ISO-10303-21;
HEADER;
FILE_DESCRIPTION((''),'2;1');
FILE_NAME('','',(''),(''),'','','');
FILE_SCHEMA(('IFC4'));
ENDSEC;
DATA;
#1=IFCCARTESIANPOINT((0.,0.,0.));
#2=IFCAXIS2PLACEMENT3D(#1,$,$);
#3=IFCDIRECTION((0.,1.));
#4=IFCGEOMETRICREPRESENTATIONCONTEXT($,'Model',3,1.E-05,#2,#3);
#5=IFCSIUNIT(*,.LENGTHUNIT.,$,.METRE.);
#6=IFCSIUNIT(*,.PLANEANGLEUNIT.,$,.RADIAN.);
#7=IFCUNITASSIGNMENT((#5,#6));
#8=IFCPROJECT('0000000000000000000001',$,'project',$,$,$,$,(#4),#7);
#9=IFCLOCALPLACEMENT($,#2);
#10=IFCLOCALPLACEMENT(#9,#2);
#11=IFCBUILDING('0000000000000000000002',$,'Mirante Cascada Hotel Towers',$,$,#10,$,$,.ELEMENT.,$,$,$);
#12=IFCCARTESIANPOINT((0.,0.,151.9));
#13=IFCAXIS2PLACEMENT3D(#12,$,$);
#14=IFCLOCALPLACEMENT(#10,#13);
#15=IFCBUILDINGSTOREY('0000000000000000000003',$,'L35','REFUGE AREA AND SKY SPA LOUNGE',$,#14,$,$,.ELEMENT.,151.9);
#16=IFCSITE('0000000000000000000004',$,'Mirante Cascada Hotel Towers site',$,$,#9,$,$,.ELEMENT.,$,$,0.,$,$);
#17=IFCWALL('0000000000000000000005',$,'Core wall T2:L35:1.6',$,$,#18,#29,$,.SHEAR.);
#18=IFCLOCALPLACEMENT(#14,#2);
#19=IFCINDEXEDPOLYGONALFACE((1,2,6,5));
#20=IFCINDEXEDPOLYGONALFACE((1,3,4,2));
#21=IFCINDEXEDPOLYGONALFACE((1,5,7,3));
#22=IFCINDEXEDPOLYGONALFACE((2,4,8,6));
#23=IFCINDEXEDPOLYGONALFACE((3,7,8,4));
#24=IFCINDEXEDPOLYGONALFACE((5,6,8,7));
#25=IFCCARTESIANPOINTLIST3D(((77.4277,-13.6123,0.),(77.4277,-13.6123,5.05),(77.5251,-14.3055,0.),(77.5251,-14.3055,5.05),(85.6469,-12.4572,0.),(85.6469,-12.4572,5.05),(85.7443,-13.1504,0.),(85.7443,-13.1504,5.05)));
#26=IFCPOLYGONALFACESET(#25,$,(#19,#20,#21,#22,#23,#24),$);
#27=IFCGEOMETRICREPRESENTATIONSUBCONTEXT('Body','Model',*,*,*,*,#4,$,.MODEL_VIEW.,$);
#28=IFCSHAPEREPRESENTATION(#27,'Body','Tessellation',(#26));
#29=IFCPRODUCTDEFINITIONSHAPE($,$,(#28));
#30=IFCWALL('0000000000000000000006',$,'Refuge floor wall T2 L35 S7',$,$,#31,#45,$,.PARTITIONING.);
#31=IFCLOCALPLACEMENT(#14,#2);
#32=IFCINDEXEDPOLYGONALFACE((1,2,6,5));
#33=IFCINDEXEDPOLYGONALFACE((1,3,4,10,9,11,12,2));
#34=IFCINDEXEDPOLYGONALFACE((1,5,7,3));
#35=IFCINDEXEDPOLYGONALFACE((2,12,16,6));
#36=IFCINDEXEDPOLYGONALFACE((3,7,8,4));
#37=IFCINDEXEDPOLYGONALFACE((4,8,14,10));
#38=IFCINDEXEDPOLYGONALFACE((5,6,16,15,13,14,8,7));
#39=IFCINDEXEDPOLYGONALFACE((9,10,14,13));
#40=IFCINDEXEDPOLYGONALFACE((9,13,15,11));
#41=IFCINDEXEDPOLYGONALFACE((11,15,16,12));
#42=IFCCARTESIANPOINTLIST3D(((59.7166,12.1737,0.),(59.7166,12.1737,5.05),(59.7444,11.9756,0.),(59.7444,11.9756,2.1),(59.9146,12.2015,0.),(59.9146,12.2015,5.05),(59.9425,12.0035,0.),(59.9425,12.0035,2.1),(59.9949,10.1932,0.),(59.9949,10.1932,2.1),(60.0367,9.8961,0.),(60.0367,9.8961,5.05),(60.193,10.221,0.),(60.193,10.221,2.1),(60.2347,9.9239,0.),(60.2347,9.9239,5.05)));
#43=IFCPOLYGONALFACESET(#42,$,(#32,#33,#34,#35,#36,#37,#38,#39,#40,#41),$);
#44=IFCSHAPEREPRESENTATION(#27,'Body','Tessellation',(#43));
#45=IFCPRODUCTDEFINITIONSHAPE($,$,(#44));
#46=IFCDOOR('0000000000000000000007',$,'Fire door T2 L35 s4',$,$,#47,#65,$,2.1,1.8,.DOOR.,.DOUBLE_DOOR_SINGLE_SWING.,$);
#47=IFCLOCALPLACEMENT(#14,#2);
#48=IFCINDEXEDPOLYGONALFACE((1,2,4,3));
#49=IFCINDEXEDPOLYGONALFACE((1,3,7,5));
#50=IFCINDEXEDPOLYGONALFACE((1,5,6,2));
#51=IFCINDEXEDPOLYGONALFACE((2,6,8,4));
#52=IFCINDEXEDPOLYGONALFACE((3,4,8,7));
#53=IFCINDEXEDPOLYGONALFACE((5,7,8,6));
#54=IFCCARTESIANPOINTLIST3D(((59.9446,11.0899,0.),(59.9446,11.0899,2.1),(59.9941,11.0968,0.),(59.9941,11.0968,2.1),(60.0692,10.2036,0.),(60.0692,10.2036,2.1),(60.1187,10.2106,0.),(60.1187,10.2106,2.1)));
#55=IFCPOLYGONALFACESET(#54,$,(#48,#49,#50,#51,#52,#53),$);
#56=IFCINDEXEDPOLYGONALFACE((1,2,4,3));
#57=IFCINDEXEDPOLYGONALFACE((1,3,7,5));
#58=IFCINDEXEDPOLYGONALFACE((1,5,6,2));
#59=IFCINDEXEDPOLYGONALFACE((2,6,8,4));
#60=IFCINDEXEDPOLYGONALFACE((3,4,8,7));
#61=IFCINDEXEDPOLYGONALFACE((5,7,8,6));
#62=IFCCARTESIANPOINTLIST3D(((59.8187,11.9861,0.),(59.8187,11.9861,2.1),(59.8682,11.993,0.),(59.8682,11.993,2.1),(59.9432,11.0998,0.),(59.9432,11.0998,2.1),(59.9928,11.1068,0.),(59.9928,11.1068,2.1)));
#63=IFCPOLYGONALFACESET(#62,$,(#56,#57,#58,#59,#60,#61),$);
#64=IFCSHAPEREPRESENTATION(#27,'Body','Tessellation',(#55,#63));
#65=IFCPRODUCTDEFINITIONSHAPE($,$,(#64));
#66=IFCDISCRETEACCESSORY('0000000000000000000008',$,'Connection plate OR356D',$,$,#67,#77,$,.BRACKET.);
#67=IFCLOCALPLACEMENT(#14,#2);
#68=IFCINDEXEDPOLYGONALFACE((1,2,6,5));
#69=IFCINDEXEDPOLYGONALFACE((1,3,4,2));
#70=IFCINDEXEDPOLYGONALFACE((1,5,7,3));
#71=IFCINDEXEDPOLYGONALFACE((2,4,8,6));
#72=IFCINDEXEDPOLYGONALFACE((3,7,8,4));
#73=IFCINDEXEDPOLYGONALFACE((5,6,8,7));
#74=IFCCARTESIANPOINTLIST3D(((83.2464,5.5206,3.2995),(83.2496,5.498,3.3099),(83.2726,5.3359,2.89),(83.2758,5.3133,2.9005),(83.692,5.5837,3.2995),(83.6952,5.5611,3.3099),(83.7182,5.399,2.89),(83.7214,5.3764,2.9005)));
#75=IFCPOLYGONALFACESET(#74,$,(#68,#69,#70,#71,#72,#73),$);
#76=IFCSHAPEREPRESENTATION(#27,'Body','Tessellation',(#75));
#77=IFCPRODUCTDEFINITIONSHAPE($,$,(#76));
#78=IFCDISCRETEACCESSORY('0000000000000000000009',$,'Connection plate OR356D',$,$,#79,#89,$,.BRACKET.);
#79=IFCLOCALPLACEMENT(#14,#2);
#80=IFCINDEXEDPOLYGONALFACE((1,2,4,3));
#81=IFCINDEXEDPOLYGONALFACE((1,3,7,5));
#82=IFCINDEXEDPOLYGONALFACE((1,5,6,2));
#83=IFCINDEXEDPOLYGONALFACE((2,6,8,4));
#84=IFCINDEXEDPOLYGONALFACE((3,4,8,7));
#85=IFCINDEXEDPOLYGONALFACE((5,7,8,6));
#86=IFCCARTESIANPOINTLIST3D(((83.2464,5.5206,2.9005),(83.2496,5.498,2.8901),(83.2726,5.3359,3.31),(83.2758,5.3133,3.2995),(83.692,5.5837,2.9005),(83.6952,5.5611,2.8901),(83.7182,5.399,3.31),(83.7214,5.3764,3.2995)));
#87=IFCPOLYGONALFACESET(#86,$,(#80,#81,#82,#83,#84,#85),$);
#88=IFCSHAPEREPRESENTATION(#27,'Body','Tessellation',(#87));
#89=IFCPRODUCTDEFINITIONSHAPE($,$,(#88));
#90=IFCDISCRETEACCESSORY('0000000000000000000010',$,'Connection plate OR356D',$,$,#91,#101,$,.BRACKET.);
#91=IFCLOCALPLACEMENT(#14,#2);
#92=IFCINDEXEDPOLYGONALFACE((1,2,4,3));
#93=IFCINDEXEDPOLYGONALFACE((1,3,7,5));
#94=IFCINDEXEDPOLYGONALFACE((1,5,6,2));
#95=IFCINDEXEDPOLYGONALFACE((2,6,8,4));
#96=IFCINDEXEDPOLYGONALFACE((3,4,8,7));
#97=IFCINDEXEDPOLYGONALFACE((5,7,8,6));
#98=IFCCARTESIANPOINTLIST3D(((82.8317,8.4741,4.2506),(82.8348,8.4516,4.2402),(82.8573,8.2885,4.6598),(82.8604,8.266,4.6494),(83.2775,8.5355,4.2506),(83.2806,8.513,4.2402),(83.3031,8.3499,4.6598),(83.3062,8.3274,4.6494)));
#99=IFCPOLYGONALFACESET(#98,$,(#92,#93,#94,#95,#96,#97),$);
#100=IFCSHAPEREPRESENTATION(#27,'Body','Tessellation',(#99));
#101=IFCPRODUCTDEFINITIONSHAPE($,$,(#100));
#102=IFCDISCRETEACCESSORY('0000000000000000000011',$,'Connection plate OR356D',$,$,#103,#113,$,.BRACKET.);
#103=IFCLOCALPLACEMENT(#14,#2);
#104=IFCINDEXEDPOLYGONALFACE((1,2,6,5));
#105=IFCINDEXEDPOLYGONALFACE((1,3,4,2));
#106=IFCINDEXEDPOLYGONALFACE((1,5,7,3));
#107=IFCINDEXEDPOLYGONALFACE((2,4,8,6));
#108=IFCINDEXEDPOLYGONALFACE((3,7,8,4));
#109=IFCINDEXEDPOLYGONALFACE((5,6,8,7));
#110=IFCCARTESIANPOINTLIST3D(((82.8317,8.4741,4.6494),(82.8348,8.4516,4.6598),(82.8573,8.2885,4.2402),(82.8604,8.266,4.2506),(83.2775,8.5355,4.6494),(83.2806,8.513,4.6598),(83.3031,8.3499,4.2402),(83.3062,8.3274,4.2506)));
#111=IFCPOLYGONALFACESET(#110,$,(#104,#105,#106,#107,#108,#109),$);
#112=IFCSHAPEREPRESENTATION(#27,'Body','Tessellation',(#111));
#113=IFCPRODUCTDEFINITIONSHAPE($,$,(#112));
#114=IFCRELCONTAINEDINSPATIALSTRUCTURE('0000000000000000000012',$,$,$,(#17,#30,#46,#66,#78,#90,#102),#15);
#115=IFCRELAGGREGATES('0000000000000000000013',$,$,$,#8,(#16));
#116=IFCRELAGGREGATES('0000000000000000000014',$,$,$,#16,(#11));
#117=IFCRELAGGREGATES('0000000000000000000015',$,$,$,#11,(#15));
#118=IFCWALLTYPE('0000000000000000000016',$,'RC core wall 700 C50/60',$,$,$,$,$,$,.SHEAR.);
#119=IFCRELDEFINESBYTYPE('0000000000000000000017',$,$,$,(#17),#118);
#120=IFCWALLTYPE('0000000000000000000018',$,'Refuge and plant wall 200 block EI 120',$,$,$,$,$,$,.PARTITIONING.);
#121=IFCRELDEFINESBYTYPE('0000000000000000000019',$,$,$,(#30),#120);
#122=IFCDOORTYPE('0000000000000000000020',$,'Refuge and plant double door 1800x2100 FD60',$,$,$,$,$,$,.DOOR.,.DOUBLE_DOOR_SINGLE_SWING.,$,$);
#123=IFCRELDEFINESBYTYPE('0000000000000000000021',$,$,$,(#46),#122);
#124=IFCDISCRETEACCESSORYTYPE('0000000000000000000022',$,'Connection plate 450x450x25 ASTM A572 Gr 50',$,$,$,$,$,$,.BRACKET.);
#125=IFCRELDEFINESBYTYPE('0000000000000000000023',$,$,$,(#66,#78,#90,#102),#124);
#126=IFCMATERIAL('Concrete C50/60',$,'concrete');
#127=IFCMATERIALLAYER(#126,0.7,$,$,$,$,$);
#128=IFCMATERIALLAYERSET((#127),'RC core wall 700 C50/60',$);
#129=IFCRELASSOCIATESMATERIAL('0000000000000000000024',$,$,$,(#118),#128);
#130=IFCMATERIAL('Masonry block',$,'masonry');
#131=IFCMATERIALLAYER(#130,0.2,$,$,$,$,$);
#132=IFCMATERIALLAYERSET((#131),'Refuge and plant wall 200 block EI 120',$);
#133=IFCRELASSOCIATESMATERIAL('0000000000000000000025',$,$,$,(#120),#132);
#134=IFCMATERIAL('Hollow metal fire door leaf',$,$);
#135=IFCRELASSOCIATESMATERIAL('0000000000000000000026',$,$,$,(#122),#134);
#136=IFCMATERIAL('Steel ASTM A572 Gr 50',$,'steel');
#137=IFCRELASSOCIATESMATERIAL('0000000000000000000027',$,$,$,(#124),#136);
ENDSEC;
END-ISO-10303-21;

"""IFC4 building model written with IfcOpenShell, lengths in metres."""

from ifc_helpers import new_model, si_unit, direction, frame, frame_2d, origin, origin_2d, place, context, subcontext, project, spatial, rectangle, extrude, material, layer, layer_set, material_profile, profile_set, type_object, element, fill, save


model = new_model("IFC4")

# Units and contexts
model_context = context("Model", 3, precision=1e-05, world=origin(), true_north=direction((0.0, 1.0)))
body_context = subcontext(model_context, "Body", "Model", "MODEL_VIEW")
ifc_project = project(units=[si_unit("LENGTHUNIT", "METRE"), si_unit("PLANEANGLEUNIT", "RADIAN")], contexts=[model_context])

# Site, building, storey
site_placement = place(None, origin())
site = spatial("IfcSite", under=ifc_project, at=site_placement, Name="Mirante Cascada Hotel Towers site", CompositionType="ELEMENT", RefElevation=0.0)
building_placement = place(site_placement, origin())
building = spatial("IfcBuilding", under=site, at=building_placement, Name="Mirante Cascada Hotel Towers", CompositionType="ELEMENT")
storey_placement = place(building_placement, frame((0.0, 0.0, 151.9)))
storey = spatial("IfcBuildingStorey", under=building, at=storey_placement, Name="L35", Description="REFUGE AREA AND SKY SPA LOUNGE", CompositionType="ELEMENT", Elevation=151.9)

# Wall
ifc_material_1 = material(Name="Concrete C50/60", Category="concrete")
ifc_layer_1 = layer(ifc_material_1, 0.7)
ifc_layer_set_1 = layer_set([ifc_layer_1], Name="RC core wall 700 C50/60")
wall_type_1 = type_object("IfcWallType", Name="RC core wall 700 C50/60", PredefinedType="SHEAR", material=ifc_layer_set_1)
wall_1_placement = place(storey_placement, frame((77.4764, -13.9589, 0.0), z_axis=(0.0, 0.0, 1.0), x_axis=(0.990269, 0.139169, 0.0)))
element("IfcWall", 1, at=wall_1_placement, inside=storey, type_object=wall_type_1, Name="Core wall T2:L35:1.6", PredefinedType="SHEAR", context=body_context, shape_type="SweptSolid", body=[
    extrude(rectangle(XDim=8.3, YDim=0.7, at=frame_2d((4.15, 0.0))), origin(), (0.0, 0.0, 1.0), 5.05),
])

# Wall, opening, door
ifc_material_2 = material(Name="Masonry block", Category="masonry")
ifc_layer_2 = layer(ifc_material_2, 0.2)
ifc_layer_set_2 = layer_set([ifc_layer_2], Name="Refuge and plant wall 200 block EI 120")
wall_type_2 = type_object("IfcWallType", Name="Refuge and plant wall 200 block EI 120", PredefinedType="PARTITIONING", material=ifc_layer_set_2)
wall_2_placement = place(storey_placement, frame((60.1357, 9.91, 0.0), z_axis=(0.0, 0.0, 1.0), x_axis=(-0.139175, 0.990268, 0.0)))
wall_2 = element("IfcWall", 2, at=wall_2_placement, inside=storey, type_object=wall_type_2, Name="Refuge floor wall T2 L35 S7", PredefinedType="PARTITIONING", context=body_context, shape_type="SweptSolid", body=[
    extrude(rectangle(XDim=2.3, YDim=0.2, at=frame_2d((1.15, 0.0))), origin(), (0.0, 0.0, 1.0), 5.05),
])
opening_placement = place(wall_2_placement, frame((0.3, 0.0, 0.0)))
opening = element("IfcOpeningElement", 3, at=opening_placement, cuts=wall_2, PredefinedType="OPENING", context=body_context, shape_type="SweptSolid", body=[
    extrude(rectangle(XDim=1.8, YDim=2.1, at=frame_2d((0.9, 1.05))), frame((0.0, 0.1, 0.0), z_axis=(0.0, -1.0, 0.0), x_axis=(1.0, 0.0, 0.0)), (0.0, 0.0, 1.0), 0.2),
])
ifc_material_3 = material(Name="Hollow metal fire door leaf")
door_type = type_object("IfcDoorType", Name="Refuge and plant double door 1800x2100 FD60", OperationType="DOUBLE_DOOR_SINGLE_SWING", PredefinedType="DOOR", material=ifc_material_3)
door_placement = place(opening_placement, origin())
door = element("IfcDoor", 4, at=door_placement, inside=storey, type_object=door_type, Name="Fire door T2 L35 s4", OperationType="DOUBLE_DOOR_SINGLE_SWING", OverallHeight=2.1, OverallWidth=1.8, PredefinedType="DOOR", context=body_context, shape_type="SweptSolid", body=[
    extrude(rectangle(XDim=0.895, YDim=2.1, at=frame_2d((0.4475, 1.05))), frame((0.0, 0.025, 0.0), z_axis=(0.0, -1.0, 0.0), x_axis=(1.0, 0.0, 0.0)), (0.0, 0.0, 1.0), 0.05),
    extrude(rectangle(XDim=0.895, YDim=2.1, at=frame_2d((1.3525, 1.05))), frame((0.0, 0.025, 0.0), z_axis=(0.0, -1.0, 0.0), x_axis=(1.0, 0.0, 0.0)), (0.0, 0.0, 1.0), 0.05),
])
fill(opening, door)

# Discrete accessories
ifc_material_4 = material(Name="Steel ASTM A572 Gr 50", Category="steel")
ifc_material_profile_1 = material_profile(ifc_material_4, rectangle(XDim=0.45, YDim=0.45, at=origin_2d()), Name="Connection plate 450x450x25 ASTM A572 Gr 50")
ifc_profile_set_1 = profile_set([ifc_material_profile_1], Name="Steel ASTM A572 Gr 50")
discrete_accessory_type = type_object("IfcDiscreteAccessoryType", Name="Connection plate 450x450x25 ASTM A572 Gr 50", PredefinedType="BRACKET", material=ifc_profile_set_1)
for number, where, z_axis, x_axis, name in (
    (5, (83.4855, 5.4372, 3.1052), (-0.127576, 0.901006, -0.414622), (-0.990124, -0.140194, 0.0), "Connection plate OR356D"),
    (6, (83.4855, 5.4372, 3.0948), (-0.127576, 0.901006, 0.414622), (-0.990124, -0.140194, 0.0), "Connection plate OR356D"),
):
    element("IfcDiscreteAccessory", number, at=place(storey_placement, frame(where, z_axis=z_axis, x_axis=x_axis)), inside=storey, type_object=discrete_accessory_type, Name=name, PredefinedType="BRACKET", context=body_context, shape_type="SweptSolid", body=[
        extrude(rectangle(XDim=0.45, YDim=0.45, at=origin_2d()), origin(), (0.0, 0.0, 1.0), 0.0251),
    ])
for number, where, z_axis, x_axis, name in (
    (7, (83.0705, 8.3895, 4.4448), (-0.124097, 0.900706, 0.416326), (-0.990642, -0.136488, 0.0), "Connection plate OR356D"),
    (8, (83.0705, 8.3895, 4.4552), (-0.124097, 0.900706, -0.416326), (-0.990642, -0.136488, 0.0), "Connection plate OR356D"),
):
    element("IfcDiscreteAccessory", number, at=place(storey_placement, frame(where, z_axis=z_axis, x_axis=x_axis)), inside=storey, type_object=discrete_accessory_type, Name=name, PredefinedType="BRACKET", context=body_context, shape_type="SweptSolid", body=[
        extrude(rectangle(XDim=0.45, YDim=0.45, at=origin_2d()), origin(), (0.0, 0.0, 1.0), 0.025),
    ])

save(model, "model.ifc")
